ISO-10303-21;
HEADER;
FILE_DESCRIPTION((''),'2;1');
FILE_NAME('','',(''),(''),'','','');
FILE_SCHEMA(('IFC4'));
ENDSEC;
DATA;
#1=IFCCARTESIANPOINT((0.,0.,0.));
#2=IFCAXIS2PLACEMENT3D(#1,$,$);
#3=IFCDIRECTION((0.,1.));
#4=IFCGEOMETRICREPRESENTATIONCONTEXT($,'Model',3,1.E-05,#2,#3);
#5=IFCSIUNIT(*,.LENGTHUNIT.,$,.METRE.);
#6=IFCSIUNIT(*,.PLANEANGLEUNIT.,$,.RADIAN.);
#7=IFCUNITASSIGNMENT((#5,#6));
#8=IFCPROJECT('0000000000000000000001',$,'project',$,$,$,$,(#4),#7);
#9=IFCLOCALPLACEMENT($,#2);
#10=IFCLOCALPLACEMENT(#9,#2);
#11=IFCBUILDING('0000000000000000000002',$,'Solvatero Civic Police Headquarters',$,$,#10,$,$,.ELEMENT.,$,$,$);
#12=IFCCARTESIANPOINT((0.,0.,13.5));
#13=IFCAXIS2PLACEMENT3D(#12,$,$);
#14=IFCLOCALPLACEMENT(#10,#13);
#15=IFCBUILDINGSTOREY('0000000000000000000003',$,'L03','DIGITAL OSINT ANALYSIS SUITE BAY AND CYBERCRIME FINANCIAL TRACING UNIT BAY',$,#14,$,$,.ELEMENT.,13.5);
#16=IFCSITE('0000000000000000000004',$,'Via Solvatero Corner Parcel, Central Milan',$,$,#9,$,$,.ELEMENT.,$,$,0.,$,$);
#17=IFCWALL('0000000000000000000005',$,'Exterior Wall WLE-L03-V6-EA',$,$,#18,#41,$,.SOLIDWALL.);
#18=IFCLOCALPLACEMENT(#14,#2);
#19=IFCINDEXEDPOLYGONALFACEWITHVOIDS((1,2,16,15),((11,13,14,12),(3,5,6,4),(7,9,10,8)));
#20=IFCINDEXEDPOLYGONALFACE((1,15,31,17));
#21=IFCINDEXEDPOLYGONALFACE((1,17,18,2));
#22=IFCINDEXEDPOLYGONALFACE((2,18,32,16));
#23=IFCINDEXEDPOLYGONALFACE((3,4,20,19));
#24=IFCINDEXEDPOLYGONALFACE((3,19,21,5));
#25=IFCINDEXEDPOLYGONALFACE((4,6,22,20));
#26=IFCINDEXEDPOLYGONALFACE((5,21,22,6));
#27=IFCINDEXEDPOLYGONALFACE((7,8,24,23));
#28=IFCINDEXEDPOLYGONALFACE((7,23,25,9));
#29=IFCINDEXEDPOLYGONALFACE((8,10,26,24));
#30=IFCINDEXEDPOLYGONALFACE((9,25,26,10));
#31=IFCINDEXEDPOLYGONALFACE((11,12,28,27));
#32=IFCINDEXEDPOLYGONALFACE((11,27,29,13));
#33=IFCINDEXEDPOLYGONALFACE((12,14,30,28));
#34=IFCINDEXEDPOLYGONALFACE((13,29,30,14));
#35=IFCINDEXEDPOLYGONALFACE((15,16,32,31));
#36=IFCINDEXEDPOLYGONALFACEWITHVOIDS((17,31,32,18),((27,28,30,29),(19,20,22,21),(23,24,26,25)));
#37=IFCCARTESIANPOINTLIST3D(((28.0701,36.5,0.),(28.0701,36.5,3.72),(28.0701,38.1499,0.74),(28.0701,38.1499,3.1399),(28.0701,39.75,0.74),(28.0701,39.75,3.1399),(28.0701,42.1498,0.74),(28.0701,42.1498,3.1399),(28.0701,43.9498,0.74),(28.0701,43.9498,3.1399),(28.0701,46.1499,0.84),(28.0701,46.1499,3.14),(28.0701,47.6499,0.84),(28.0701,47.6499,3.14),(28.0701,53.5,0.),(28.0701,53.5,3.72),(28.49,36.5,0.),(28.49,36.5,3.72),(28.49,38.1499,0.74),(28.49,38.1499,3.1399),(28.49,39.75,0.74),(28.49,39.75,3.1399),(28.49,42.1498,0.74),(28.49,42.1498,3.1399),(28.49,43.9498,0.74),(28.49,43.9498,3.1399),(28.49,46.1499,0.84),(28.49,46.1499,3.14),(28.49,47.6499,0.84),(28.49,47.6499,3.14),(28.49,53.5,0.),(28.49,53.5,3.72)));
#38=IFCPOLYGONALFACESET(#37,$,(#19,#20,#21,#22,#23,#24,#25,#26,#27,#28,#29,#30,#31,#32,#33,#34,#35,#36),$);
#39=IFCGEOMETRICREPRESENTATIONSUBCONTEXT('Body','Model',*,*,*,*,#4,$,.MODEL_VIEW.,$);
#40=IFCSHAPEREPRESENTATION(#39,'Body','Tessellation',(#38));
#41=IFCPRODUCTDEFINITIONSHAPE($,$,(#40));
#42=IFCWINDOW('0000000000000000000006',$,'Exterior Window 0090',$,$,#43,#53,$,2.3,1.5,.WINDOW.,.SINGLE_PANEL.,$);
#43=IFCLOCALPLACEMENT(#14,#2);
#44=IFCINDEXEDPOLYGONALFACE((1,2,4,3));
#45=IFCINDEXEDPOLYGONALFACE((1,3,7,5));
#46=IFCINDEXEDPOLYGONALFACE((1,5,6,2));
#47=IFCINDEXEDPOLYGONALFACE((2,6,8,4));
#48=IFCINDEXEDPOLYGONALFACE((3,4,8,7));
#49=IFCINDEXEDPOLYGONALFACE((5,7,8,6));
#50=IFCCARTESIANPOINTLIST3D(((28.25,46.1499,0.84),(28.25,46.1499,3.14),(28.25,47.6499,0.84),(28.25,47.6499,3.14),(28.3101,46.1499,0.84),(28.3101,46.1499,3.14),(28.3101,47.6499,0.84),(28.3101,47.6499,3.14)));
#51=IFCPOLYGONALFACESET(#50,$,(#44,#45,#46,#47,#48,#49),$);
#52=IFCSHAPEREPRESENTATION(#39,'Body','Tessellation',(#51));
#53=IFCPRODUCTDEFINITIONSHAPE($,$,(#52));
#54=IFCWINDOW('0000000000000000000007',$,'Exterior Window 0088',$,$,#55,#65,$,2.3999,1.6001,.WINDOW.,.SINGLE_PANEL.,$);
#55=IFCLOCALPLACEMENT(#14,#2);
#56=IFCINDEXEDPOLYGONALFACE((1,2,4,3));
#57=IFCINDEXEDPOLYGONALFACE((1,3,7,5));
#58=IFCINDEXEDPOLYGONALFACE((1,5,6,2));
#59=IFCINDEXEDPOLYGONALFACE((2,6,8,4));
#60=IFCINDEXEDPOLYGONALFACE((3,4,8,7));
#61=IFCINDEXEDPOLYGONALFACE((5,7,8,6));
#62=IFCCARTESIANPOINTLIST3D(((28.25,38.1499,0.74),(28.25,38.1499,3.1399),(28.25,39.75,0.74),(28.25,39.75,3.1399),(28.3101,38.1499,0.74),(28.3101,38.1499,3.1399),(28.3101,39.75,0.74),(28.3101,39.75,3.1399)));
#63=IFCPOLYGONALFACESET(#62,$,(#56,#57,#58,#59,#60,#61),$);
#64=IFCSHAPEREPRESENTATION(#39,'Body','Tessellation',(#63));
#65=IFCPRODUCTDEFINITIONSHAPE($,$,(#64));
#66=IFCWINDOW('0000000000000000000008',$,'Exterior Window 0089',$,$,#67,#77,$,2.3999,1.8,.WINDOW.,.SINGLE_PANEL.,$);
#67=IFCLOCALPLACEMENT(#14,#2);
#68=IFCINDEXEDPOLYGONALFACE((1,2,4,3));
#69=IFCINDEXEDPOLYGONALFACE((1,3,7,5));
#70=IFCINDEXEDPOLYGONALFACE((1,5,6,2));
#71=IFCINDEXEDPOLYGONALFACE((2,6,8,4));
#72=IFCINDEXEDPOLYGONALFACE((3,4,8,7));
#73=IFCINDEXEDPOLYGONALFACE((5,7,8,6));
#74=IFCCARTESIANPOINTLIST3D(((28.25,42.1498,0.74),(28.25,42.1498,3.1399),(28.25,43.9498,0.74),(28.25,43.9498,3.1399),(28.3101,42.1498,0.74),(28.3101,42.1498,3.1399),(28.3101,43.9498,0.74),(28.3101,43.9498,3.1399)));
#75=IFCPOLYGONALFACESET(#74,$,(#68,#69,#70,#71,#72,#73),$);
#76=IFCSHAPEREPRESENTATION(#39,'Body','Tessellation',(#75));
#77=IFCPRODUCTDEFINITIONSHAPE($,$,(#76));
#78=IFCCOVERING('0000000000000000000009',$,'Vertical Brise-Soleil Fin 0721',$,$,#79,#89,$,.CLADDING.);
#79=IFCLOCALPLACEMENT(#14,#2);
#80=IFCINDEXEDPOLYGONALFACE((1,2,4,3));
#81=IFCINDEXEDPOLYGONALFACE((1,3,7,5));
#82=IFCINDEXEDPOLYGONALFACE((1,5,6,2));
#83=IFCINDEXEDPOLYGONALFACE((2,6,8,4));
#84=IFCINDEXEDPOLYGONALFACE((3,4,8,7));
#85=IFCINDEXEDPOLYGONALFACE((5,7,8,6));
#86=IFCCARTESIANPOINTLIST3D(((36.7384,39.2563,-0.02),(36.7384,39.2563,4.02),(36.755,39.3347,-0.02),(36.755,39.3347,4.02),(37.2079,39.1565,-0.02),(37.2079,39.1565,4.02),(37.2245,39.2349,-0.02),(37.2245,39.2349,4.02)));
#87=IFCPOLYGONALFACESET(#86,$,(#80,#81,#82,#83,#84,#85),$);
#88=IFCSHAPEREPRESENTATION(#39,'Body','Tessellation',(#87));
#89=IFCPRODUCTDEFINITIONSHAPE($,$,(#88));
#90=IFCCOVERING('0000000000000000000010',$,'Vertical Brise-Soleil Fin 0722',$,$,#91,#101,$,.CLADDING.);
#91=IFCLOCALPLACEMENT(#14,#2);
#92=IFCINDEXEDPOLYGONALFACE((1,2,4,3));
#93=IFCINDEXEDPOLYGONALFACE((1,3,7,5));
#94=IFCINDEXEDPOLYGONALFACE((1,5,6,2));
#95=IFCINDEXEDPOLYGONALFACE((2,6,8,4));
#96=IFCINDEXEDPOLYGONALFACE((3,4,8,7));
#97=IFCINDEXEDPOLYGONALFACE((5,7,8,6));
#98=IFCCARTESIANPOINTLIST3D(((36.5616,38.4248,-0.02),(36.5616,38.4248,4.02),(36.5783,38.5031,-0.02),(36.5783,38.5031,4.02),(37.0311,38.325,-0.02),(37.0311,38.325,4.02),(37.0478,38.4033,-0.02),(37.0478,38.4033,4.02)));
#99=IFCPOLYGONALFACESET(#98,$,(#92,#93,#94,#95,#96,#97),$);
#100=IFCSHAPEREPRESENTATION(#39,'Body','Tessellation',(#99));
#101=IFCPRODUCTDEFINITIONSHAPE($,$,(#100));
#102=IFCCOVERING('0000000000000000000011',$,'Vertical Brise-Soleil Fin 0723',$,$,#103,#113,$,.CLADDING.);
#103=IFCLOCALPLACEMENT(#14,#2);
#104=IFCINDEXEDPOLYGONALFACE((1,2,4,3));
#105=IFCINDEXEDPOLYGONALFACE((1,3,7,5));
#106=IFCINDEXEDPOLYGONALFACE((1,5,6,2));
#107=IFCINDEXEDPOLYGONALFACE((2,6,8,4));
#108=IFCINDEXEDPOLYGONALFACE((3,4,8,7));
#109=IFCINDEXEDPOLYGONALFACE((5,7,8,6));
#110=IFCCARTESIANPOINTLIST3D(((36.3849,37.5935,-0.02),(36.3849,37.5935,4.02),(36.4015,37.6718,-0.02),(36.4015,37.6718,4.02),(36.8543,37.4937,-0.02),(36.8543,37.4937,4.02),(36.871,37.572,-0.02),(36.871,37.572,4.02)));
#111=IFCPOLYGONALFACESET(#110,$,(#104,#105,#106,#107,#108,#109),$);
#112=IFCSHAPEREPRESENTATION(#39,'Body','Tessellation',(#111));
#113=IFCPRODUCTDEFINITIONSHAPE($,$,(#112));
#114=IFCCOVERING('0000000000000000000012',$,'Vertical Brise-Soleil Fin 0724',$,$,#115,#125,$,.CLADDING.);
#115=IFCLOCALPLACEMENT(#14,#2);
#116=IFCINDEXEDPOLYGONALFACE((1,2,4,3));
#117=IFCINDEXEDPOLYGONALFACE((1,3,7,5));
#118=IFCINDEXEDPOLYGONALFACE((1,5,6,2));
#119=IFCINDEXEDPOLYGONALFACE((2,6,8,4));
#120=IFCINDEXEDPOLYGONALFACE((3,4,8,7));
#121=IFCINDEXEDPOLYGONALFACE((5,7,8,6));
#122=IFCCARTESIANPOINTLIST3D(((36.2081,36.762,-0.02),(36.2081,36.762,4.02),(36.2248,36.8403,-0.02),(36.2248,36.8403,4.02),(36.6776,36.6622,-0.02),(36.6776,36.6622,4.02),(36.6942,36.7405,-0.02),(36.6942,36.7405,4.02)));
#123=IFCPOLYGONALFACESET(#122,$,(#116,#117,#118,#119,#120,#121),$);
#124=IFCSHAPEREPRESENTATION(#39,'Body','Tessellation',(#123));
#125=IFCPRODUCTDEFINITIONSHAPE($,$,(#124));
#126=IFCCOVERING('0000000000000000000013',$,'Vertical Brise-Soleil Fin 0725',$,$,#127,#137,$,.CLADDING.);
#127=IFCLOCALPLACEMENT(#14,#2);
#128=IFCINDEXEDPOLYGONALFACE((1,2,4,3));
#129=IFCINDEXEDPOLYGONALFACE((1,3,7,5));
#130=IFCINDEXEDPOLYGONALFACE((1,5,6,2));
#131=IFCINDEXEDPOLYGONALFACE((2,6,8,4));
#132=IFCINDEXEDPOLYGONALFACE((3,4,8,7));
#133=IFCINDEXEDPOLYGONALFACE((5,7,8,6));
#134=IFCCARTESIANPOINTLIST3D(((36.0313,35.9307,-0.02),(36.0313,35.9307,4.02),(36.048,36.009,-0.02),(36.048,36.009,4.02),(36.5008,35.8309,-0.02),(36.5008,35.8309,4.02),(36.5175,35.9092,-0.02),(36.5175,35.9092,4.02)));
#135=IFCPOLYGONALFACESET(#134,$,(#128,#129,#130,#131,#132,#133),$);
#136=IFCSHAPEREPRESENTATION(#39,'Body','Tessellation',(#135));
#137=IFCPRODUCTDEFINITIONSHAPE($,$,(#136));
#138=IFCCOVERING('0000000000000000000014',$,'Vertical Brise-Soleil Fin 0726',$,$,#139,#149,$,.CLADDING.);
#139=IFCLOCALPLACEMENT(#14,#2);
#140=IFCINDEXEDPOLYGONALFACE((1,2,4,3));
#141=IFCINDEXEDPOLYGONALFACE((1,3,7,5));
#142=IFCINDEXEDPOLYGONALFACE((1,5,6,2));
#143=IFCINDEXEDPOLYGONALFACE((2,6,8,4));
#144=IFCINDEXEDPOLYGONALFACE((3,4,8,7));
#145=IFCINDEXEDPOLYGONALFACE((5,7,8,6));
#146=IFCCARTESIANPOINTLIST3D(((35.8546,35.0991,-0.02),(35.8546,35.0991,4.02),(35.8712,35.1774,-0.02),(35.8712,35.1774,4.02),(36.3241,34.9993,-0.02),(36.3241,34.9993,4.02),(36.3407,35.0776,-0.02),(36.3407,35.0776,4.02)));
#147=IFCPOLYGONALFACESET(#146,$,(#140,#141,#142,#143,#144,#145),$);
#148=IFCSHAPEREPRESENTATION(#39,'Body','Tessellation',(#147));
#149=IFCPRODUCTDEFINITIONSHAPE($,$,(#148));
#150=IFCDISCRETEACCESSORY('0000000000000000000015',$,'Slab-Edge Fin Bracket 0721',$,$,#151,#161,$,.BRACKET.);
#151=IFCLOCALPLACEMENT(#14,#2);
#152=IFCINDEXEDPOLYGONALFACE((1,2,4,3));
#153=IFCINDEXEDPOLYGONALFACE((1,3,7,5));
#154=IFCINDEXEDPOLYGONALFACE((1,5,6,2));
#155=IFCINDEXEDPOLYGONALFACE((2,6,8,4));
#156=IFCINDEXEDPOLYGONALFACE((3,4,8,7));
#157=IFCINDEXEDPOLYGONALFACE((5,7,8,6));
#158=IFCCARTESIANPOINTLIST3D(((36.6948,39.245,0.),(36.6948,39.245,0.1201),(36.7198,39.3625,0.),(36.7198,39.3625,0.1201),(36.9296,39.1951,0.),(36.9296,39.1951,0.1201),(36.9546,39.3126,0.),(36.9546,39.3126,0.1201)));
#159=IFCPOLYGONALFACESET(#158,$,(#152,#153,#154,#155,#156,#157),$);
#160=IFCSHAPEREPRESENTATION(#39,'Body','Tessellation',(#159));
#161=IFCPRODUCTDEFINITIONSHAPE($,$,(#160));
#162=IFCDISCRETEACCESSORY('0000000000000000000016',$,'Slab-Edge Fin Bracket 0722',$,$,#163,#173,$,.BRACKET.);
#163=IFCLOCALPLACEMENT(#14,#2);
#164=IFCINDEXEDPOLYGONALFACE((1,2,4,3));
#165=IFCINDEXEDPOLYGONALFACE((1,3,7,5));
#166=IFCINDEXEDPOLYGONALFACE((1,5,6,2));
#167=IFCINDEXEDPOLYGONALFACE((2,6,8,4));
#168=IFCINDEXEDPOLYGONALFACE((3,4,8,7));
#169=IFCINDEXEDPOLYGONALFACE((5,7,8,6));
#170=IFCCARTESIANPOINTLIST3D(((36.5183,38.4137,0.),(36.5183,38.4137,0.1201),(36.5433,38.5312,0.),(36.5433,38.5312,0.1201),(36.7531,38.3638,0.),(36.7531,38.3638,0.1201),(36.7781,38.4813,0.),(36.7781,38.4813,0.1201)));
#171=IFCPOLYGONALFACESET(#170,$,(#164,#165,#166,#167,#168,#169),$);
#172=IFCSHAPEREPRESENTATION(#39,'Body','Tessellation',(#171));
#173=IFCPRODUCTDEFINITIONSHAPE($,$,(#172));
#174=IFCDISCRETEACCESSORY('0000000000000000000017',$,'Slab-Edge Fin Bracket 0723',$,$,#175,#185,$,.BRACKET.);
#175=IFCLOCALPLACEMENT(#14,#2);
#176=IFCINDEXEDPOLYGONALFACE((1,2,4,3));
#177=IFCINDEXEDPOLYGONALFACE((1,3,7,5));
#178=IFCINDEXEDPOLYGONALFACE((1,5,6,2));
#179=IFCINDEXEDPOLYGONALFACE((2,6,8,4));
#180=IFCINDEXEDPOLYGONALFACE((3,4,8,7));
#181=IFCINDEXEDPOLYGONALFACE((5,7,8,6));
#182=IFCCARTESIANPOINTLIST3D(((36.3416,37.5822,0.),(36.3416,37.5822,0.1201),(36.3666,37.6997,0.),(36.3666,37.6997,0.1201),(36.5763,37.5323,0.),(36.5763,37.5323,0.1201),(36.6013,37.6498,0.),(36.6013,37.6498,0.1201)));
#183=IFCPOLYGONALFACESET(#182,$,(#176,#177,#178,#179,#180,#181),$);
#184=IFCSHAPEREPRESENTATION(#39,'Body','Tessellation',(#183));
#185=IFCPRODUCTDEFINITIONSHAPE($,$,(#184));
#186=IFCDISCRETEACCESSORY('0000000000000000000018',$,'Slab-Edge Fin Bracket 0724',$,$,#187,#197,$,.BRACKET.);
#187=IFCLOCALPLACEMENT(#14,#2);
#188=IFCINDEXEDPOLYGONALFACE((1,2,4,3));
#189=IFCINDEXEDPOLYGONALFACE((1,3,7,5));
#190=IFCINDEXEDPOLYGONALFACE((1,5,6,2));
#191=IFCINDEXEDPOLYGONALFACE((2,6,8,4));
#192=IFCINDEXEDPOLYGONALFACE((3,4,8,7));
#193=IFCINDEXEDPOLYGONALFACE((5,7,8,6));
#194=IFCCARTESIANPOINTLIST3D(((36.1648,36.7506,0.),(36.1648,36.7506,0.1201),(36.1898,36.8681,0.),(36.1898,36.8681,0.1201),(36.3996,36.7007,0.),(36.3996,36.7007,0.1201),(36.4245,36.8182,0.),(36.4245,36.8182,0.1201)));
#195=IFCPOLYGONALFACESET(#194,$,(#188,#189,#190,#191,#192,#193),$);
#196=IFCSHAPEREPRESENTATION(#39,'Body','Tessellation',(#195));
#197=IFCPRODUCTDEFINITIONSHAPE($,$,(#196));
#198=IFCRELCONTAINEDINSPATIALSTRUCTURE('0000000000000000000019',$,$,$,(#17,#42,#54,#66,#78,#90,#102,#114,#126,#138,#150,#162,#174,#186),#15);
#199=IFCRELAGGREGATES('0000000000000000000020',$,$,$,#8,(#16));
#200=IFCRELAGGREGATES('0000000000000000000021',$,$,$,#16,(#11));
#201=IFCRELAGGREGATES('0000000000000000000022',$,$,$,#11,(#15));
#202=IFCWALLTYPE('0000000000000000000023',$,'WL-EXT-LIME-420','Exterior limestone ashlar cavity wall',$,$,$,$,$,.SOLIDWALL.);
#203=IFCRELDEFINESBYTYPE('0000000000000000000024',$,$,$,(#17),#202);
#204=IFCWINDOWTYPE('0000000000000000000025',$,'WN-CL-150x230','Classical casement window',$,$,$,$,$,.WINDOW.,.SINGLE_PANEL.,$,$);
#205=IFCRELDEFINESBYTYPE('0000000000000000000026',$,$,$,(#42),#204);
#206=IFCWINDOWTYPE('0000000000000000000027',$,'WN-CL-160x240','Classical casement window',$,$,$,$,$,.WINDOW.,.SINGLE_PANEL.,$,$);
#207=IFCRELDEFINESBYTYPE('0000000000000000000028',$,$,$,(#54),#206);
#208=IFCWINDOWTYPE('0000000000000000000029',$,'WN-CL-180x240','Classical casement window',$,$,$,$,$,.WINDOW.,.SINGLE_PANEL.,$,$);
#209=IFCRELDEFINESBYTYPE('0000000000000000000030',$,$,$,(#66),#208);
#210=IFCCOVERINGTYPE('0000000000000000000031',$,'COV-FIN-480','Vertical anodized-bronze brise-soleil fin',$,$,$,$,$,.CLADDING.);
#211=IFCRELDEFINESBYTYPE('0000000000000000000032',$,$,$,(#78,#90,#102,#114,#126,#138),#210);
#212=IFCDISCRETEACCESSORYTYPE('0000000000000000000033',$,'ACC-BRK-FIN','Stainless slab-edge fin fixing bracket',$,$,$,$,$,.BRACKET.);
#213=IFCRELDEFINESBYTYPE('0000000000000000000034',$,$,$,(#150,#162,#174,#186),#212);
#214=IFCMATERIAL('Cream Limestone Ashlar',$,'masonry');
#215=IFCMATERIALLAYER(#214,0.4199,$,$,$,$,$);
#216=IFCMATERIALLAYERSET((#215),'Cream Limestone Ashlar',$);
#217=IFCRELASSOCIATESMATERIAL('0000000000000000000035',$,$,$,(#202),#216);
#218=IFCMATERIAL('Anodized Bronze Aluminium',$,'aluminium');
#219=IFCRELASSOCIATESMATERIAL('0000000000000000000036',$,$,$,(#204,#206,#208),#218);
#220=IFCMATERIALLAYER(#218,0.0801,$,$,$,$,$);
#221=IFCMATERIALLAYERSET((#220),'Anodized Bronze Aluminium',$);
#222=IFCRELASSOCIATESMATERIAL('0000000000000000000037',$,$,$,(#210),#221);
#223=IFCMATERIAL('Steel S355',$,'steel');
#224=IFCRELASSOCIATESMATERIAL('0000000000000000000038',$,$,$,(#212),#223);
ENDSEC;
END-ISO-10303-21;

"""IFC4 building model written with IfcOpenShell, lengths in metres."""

from ifc_helpers import new_model, si_unit, direction, frame, frame_2d, origin, origin_2d, place, context, subcontext, project, spatial, rectangle, extrude, material, layer, layer_set, type_object, element, fill, save


model = new_model("IFC4")

# Units and contexts
model_context = context("Model", 3, precision=1e-05, world=origin(), true_north=direction((0.0, 1.0)))
body_context = subcontext(model_context, "Body", "Model", "MODEL_VIEW")
ifc_project = project(units=[si_unit("LENGTHUNIT", "METRE"), si_unit("PLANEANGLEUNIT", "RADIAN")], contexts=[model_context])

# Site, building, storey
site_placement = place(None, origin())
site = spatial("IfcSite", under=ifc_project, at=site_placement, Name="Via Solvatero Corner Parcel, Central Milan", CompositionType="ELEMENT", RefElevation=0.0)
building_placement = place(site_placement, origin())
building = spatial("IfcBuilding", under=site, at=building_placement, Name="Solvatero Civic Police Headquarters", CompositionType="ELEMENT")
storey_placement = place(building_placement, frame((0.0, 0.0, 13.5)))
storey = spatial("IfcBuildingStorey", under=building, at=storey_placement, Name="L03", Description="DIGITAL OSINT ANALYSIS SUITE BAY AND CYBERCRIME FINANCIAL TRACING UNIT BAY", CompositionType="ELEMENT", Elevation=13.5)

# Shared definitions
ifc_material_1 = material(Name="Anodized Bronze Aluminium", Category="aluminium")

# Wall, openings, windows
ifc_material_2 = material(Name="Cream Limestone Ashlar", Category="masonry")
ifc_layer_1 = layer(ifc_material_2, 0.4199)
ifc_layer_set_1 = layer_set([ifc_layer_1], Name="Cream Limestone Ashlar")
wall_type = type_object("IfcWallType", Name="WL-EXT-LIME-420", Description="Exterior limestone ashlar cavity wall", PredefinedType="SOLIDWALL", material=ifc_layer_set_1)
wall_placement = place(storey_placement, frame((28.28, 36.5, 0.0), z_axis=(0.0, 0.0, 1.0), x_axis=(0.0, 1.0, 0.0)))
wall = element("IfcWall", 1, at=wall_placement, inside=storey, type_object=wall_type, Name="Exterior Wall WLE-L03-V6-EA", PredefinedType="SOLIDWALL", context=body_context, shape_type="SweptSolid", body=[
    extrude(rectangle(XDim=17.0, YDim=0.4199, at=frame_2d((8.5, 0.0))), origin(), (0.0, 0.0, 1.0), 3.72),
])
opening_1_placement = place(wall_placement, frame((1.6499, 0.0, 0.74)))
opening_1 = element("IfcOpeningElement", 2, at=opening_1_placement, cuts=wall, PredefinedType="OPENING", context=body_context, shape_type="SweptSolid", body=[
    extrude(rectangle(XDim=1.6001, YDim=2.3999, at=frame_2d((0.8, 1.2))), frame((0.0, 0.22, 0.0), z_axis=(0.0, -1.0, 0.0), x_axis=(1.0, 0.0, 0.0)), (0.0, 0.0, 1.0), 0.4399),
])
opening_2_placement = place(wall_placement, frame((5.6499, 0.0, 0.74)))
opening_2 = element("IfcOpeningElement", 3, at=opening_2_placement, cuts=wall, PredefinedType="OPENING", context=body_context, shape_type="SweptSolid", body=[
    extrude(rectangle(XDim=1.8, YDim=2.3999, at=frame_2d((0.8999, 1.2))), frame((0.0, 0.22, 0.0), z_axis=(0.0, -1.0, 0.0), x_axis=(1.0, 0.0, 0.0)), (0.0, 0.0, 1.0), 0.4399),
])
opening_3_placement = place(wall_placement, frame((9.6499, 0.0, 0.8401)))
opening_3 = element("IfcOpeningElement", 4, at=opening_3_placement, cuts=wall, PredefinedType="OPENING", context=body_context, shape_type="SweptSolid", body=[
    extrude(rectangle(XDim=1.5, YDim=2.3, at=frame_2d((0.75, 1.1499))), frame((0.0, 0.22, 0.0), z_axis=(0.0, -1.0, 0.0), x_axis=(1.0, 0.0, 0.0)), (0.0, 0.0, 1.0), 0.4399),
])
window_type_1 = type_object("IfcWindowType", Name="WN-CL-150x230", Description="Classical casement window", PartitioningType="SINGLE_PANEL", PredefinedType="WINDOW", material=ifc_material_1)
window_1_placement = place(opening_3_placement, origin())
window_1 = element("IfcWindow", 5, at=window_1_placement, inside=storey, type_object=window_type_1, Name="Exterior Window 0090", OverallHeight=2.3, OverallWidth=1.5, PartitioningType="SINGLE_PANEL", PredefinedType="WINDOW", context=body_context, shape_type="SweptSolid", body=[
    extrude(rectangle(XDim=1.5, YDim=2.3, at=frame_2d((0.75, 1.1499))), frame((0.0, 0.03, 0.0), z_axis=(0.0, -1.0, 0.0), x_axis=(1.0, 0.0, 0.0)), (0.0, 0.0, 1.0), 0.0601),
])
fill(opening_3, window_1)
window_type_2 = type_object("IfcWindowType", Name="WN-CL-160x240", Description="Classical casement window", PartitioningType="SINGLE_PANEL", PredefinedType="WINDOW", material=ifc_material_1)
window_2_placement = place(opening_1_placement, origin())
window_2 = element("IfcWindow", 6, at=window_2_placement, inside=storey, type_object=window_type_2, Name="Exterior Window 0088", OverallHeight=2.3999, OverallWidth=1.6001, PartitioningType="SINGLE_PANEL", PredefinedType="WINDOW", context=body_context, shape_type="SweptSolid", body=[
    extrude(rectangle(XDim=1.6001, YDim=2.3999, at=frame_2d((0.8, 1.2))), frame((0.0, 0.03, 0.0), z_axis=(0.0, -1.0, 0.0), x_axis=(1.0, 0.0, 0.0)), (0.0, 0.0, 1.0), 0.0601),
])
fill(opening_1, window_2)
window_type_3 = type_object("IfcWindowType", Name="WN-CL-180x240", Description="Classical casement window", PartitioningType="SINGLE_PANEL", PredefinedType="WINDOW", material=ifc_material_1)
window_3_placement = place(opening_2_placement, origin())
window_3 = element("IfcWindow", 7, at=window_3_placement, inside=storey, type_object=window_type_3, Name="Exterior Window 0089", OverallHeight=2.3999, OverallWidth=1.8, PartitioningType="SINGLE_PANEL", PredefinedType="WINDOW", context=body_context, shape_type="SweptSolid", body=[
    extrude(rectangle(XDim=1.8, YDim=2.3999, at=frame_2d((0.8999, 1.2))), frame((0.0, 0.03, 0.0), z_axis=(0.0, -1.0, 0.0), x_axis=(1.0, 0.0, 0.0)), (0.0, 0.0, 1.0), 0.0601),
])
fill(opening_2, window_3)

# Coverings
ifc_layer_2 = layer(ifc_material_1, 0.0801)
ifc_layer_set_2 = layer_set([ifc_layer_2], Name="Anodized Bronze Aluminium")
covering_type = type_object("IfcCoveringType", Name="COV-FIN-480", Description="Vertical anodized-bronze brise-soleil fin", PredefinedType="CLADDING", material=ifc_layer_set_2)
for number, where, z_axis, x_axis, name in (
    (8, (36.9814, 39.2456, -0.02), (0.0, 0.0, 1.0), (-0.207929, -0.978144, 0.0), "Vertical Brise-Soleil Fin 0721"),
    (9, (36.8047, 38.4141, -0.02), (0.0, 0.0, 1.0), (-0.207929, -0.978144, 0.0), "Vertical Brise-Soleil Fin 0722"),
    (10, (36.6279, 37.5828, -0.02), (0.0, 0.0, 1.0), (-0.207929, -0.978144, 0.0), "Vertical Brise-Soleil Fin 0723"),
    (11, (36.4512, 36.7512, -0.02), (0.0, 0.0, 1.0), (-0.207929, -0.978144, 0.0), "Vertical Brise-Soleil Fin 0724"),
    (12, (36.2744, 35.9199, -0.02), (0.0, 0.0, 1.0), (-0.207929, -0.978144, 0.0), "Vertical Brise-Soleil Fin 0725"),
    (13, (36.0977, 35.0884, -0.02), (0.0, 0.0, 1.0), (-0.207929, -0.978144, 0.0), "Vertical Brise-Soleil Fin 0726"),
):
    element("IfcCovering", number, at=place(storey_placement, frame(where, z_axis=z_axis, x_axis=x_axis)), inside=storey, type_object=covering_type, Name=name, PredefinedType="CLADDING", context=body_context, shape_type="SweptSolid", body=[
        extrude(rectangle(XDim=0.0801, YDim=0.48, at=origin_2d()), origin(), (0.0, 0.0, 1.0), 4.04),
    ])

# Discrete accessories
ifc_material_3 = material(Name="Steel S355", Category="steel")
discrete_accessory_type = type_object("IfcDiscreteAccessoryType", Name="ACC-BRK-FIN", Description="Stainless slab-edge fin fixing bracket", PredefinedType="BRACKET", material=ifc_material_3)
for number, where, z_axis, x_axis, name in (
    (14, (36.8247, 39.2788, 0.0), (0.0, 0.0, 1.0), (-0.207929, -0.978144, 0.0), "Slab-Edge Fin Bracket 0721"),
    (15, (36.6482, 38.4475, 0.0), (0.0, 0.0, 1.0), (-0.207929, -0.978144, 0.0), "Slab-Edge Fin Bracket 0722"),
    (16, (36.4714, 37.616, 0.0), (0.0, 0.0, 1.0), (-0.207929, -0.978144, 0.0), "Slab-Edge Fin Bracket 0723"),
    (17, (36.2947, 36.7844, 0.0), (0.0, 0.0, 1.0), (-0.207929, -0.978144, 0.0), "Slab-Edge Fin Bracket 0724"),
):
    element("IfcDiscreteAccessory", number, at=place(storey_placement, frame(where, z_axis=z_axis, x_axis=x_axis)), inside=storey, type_object=discrete_accessory_type, Name=name, PredefinedType="BRACKET", context=body_context, shape_type="SweptSolid", body=[
        extrude(rectangle(XDim=0.1201, YDim=0.24, at=origin_2d()), origin(), (0.0, 0.0, 1.0), 0.1201),
    ])

save(model, "model.ifc")
